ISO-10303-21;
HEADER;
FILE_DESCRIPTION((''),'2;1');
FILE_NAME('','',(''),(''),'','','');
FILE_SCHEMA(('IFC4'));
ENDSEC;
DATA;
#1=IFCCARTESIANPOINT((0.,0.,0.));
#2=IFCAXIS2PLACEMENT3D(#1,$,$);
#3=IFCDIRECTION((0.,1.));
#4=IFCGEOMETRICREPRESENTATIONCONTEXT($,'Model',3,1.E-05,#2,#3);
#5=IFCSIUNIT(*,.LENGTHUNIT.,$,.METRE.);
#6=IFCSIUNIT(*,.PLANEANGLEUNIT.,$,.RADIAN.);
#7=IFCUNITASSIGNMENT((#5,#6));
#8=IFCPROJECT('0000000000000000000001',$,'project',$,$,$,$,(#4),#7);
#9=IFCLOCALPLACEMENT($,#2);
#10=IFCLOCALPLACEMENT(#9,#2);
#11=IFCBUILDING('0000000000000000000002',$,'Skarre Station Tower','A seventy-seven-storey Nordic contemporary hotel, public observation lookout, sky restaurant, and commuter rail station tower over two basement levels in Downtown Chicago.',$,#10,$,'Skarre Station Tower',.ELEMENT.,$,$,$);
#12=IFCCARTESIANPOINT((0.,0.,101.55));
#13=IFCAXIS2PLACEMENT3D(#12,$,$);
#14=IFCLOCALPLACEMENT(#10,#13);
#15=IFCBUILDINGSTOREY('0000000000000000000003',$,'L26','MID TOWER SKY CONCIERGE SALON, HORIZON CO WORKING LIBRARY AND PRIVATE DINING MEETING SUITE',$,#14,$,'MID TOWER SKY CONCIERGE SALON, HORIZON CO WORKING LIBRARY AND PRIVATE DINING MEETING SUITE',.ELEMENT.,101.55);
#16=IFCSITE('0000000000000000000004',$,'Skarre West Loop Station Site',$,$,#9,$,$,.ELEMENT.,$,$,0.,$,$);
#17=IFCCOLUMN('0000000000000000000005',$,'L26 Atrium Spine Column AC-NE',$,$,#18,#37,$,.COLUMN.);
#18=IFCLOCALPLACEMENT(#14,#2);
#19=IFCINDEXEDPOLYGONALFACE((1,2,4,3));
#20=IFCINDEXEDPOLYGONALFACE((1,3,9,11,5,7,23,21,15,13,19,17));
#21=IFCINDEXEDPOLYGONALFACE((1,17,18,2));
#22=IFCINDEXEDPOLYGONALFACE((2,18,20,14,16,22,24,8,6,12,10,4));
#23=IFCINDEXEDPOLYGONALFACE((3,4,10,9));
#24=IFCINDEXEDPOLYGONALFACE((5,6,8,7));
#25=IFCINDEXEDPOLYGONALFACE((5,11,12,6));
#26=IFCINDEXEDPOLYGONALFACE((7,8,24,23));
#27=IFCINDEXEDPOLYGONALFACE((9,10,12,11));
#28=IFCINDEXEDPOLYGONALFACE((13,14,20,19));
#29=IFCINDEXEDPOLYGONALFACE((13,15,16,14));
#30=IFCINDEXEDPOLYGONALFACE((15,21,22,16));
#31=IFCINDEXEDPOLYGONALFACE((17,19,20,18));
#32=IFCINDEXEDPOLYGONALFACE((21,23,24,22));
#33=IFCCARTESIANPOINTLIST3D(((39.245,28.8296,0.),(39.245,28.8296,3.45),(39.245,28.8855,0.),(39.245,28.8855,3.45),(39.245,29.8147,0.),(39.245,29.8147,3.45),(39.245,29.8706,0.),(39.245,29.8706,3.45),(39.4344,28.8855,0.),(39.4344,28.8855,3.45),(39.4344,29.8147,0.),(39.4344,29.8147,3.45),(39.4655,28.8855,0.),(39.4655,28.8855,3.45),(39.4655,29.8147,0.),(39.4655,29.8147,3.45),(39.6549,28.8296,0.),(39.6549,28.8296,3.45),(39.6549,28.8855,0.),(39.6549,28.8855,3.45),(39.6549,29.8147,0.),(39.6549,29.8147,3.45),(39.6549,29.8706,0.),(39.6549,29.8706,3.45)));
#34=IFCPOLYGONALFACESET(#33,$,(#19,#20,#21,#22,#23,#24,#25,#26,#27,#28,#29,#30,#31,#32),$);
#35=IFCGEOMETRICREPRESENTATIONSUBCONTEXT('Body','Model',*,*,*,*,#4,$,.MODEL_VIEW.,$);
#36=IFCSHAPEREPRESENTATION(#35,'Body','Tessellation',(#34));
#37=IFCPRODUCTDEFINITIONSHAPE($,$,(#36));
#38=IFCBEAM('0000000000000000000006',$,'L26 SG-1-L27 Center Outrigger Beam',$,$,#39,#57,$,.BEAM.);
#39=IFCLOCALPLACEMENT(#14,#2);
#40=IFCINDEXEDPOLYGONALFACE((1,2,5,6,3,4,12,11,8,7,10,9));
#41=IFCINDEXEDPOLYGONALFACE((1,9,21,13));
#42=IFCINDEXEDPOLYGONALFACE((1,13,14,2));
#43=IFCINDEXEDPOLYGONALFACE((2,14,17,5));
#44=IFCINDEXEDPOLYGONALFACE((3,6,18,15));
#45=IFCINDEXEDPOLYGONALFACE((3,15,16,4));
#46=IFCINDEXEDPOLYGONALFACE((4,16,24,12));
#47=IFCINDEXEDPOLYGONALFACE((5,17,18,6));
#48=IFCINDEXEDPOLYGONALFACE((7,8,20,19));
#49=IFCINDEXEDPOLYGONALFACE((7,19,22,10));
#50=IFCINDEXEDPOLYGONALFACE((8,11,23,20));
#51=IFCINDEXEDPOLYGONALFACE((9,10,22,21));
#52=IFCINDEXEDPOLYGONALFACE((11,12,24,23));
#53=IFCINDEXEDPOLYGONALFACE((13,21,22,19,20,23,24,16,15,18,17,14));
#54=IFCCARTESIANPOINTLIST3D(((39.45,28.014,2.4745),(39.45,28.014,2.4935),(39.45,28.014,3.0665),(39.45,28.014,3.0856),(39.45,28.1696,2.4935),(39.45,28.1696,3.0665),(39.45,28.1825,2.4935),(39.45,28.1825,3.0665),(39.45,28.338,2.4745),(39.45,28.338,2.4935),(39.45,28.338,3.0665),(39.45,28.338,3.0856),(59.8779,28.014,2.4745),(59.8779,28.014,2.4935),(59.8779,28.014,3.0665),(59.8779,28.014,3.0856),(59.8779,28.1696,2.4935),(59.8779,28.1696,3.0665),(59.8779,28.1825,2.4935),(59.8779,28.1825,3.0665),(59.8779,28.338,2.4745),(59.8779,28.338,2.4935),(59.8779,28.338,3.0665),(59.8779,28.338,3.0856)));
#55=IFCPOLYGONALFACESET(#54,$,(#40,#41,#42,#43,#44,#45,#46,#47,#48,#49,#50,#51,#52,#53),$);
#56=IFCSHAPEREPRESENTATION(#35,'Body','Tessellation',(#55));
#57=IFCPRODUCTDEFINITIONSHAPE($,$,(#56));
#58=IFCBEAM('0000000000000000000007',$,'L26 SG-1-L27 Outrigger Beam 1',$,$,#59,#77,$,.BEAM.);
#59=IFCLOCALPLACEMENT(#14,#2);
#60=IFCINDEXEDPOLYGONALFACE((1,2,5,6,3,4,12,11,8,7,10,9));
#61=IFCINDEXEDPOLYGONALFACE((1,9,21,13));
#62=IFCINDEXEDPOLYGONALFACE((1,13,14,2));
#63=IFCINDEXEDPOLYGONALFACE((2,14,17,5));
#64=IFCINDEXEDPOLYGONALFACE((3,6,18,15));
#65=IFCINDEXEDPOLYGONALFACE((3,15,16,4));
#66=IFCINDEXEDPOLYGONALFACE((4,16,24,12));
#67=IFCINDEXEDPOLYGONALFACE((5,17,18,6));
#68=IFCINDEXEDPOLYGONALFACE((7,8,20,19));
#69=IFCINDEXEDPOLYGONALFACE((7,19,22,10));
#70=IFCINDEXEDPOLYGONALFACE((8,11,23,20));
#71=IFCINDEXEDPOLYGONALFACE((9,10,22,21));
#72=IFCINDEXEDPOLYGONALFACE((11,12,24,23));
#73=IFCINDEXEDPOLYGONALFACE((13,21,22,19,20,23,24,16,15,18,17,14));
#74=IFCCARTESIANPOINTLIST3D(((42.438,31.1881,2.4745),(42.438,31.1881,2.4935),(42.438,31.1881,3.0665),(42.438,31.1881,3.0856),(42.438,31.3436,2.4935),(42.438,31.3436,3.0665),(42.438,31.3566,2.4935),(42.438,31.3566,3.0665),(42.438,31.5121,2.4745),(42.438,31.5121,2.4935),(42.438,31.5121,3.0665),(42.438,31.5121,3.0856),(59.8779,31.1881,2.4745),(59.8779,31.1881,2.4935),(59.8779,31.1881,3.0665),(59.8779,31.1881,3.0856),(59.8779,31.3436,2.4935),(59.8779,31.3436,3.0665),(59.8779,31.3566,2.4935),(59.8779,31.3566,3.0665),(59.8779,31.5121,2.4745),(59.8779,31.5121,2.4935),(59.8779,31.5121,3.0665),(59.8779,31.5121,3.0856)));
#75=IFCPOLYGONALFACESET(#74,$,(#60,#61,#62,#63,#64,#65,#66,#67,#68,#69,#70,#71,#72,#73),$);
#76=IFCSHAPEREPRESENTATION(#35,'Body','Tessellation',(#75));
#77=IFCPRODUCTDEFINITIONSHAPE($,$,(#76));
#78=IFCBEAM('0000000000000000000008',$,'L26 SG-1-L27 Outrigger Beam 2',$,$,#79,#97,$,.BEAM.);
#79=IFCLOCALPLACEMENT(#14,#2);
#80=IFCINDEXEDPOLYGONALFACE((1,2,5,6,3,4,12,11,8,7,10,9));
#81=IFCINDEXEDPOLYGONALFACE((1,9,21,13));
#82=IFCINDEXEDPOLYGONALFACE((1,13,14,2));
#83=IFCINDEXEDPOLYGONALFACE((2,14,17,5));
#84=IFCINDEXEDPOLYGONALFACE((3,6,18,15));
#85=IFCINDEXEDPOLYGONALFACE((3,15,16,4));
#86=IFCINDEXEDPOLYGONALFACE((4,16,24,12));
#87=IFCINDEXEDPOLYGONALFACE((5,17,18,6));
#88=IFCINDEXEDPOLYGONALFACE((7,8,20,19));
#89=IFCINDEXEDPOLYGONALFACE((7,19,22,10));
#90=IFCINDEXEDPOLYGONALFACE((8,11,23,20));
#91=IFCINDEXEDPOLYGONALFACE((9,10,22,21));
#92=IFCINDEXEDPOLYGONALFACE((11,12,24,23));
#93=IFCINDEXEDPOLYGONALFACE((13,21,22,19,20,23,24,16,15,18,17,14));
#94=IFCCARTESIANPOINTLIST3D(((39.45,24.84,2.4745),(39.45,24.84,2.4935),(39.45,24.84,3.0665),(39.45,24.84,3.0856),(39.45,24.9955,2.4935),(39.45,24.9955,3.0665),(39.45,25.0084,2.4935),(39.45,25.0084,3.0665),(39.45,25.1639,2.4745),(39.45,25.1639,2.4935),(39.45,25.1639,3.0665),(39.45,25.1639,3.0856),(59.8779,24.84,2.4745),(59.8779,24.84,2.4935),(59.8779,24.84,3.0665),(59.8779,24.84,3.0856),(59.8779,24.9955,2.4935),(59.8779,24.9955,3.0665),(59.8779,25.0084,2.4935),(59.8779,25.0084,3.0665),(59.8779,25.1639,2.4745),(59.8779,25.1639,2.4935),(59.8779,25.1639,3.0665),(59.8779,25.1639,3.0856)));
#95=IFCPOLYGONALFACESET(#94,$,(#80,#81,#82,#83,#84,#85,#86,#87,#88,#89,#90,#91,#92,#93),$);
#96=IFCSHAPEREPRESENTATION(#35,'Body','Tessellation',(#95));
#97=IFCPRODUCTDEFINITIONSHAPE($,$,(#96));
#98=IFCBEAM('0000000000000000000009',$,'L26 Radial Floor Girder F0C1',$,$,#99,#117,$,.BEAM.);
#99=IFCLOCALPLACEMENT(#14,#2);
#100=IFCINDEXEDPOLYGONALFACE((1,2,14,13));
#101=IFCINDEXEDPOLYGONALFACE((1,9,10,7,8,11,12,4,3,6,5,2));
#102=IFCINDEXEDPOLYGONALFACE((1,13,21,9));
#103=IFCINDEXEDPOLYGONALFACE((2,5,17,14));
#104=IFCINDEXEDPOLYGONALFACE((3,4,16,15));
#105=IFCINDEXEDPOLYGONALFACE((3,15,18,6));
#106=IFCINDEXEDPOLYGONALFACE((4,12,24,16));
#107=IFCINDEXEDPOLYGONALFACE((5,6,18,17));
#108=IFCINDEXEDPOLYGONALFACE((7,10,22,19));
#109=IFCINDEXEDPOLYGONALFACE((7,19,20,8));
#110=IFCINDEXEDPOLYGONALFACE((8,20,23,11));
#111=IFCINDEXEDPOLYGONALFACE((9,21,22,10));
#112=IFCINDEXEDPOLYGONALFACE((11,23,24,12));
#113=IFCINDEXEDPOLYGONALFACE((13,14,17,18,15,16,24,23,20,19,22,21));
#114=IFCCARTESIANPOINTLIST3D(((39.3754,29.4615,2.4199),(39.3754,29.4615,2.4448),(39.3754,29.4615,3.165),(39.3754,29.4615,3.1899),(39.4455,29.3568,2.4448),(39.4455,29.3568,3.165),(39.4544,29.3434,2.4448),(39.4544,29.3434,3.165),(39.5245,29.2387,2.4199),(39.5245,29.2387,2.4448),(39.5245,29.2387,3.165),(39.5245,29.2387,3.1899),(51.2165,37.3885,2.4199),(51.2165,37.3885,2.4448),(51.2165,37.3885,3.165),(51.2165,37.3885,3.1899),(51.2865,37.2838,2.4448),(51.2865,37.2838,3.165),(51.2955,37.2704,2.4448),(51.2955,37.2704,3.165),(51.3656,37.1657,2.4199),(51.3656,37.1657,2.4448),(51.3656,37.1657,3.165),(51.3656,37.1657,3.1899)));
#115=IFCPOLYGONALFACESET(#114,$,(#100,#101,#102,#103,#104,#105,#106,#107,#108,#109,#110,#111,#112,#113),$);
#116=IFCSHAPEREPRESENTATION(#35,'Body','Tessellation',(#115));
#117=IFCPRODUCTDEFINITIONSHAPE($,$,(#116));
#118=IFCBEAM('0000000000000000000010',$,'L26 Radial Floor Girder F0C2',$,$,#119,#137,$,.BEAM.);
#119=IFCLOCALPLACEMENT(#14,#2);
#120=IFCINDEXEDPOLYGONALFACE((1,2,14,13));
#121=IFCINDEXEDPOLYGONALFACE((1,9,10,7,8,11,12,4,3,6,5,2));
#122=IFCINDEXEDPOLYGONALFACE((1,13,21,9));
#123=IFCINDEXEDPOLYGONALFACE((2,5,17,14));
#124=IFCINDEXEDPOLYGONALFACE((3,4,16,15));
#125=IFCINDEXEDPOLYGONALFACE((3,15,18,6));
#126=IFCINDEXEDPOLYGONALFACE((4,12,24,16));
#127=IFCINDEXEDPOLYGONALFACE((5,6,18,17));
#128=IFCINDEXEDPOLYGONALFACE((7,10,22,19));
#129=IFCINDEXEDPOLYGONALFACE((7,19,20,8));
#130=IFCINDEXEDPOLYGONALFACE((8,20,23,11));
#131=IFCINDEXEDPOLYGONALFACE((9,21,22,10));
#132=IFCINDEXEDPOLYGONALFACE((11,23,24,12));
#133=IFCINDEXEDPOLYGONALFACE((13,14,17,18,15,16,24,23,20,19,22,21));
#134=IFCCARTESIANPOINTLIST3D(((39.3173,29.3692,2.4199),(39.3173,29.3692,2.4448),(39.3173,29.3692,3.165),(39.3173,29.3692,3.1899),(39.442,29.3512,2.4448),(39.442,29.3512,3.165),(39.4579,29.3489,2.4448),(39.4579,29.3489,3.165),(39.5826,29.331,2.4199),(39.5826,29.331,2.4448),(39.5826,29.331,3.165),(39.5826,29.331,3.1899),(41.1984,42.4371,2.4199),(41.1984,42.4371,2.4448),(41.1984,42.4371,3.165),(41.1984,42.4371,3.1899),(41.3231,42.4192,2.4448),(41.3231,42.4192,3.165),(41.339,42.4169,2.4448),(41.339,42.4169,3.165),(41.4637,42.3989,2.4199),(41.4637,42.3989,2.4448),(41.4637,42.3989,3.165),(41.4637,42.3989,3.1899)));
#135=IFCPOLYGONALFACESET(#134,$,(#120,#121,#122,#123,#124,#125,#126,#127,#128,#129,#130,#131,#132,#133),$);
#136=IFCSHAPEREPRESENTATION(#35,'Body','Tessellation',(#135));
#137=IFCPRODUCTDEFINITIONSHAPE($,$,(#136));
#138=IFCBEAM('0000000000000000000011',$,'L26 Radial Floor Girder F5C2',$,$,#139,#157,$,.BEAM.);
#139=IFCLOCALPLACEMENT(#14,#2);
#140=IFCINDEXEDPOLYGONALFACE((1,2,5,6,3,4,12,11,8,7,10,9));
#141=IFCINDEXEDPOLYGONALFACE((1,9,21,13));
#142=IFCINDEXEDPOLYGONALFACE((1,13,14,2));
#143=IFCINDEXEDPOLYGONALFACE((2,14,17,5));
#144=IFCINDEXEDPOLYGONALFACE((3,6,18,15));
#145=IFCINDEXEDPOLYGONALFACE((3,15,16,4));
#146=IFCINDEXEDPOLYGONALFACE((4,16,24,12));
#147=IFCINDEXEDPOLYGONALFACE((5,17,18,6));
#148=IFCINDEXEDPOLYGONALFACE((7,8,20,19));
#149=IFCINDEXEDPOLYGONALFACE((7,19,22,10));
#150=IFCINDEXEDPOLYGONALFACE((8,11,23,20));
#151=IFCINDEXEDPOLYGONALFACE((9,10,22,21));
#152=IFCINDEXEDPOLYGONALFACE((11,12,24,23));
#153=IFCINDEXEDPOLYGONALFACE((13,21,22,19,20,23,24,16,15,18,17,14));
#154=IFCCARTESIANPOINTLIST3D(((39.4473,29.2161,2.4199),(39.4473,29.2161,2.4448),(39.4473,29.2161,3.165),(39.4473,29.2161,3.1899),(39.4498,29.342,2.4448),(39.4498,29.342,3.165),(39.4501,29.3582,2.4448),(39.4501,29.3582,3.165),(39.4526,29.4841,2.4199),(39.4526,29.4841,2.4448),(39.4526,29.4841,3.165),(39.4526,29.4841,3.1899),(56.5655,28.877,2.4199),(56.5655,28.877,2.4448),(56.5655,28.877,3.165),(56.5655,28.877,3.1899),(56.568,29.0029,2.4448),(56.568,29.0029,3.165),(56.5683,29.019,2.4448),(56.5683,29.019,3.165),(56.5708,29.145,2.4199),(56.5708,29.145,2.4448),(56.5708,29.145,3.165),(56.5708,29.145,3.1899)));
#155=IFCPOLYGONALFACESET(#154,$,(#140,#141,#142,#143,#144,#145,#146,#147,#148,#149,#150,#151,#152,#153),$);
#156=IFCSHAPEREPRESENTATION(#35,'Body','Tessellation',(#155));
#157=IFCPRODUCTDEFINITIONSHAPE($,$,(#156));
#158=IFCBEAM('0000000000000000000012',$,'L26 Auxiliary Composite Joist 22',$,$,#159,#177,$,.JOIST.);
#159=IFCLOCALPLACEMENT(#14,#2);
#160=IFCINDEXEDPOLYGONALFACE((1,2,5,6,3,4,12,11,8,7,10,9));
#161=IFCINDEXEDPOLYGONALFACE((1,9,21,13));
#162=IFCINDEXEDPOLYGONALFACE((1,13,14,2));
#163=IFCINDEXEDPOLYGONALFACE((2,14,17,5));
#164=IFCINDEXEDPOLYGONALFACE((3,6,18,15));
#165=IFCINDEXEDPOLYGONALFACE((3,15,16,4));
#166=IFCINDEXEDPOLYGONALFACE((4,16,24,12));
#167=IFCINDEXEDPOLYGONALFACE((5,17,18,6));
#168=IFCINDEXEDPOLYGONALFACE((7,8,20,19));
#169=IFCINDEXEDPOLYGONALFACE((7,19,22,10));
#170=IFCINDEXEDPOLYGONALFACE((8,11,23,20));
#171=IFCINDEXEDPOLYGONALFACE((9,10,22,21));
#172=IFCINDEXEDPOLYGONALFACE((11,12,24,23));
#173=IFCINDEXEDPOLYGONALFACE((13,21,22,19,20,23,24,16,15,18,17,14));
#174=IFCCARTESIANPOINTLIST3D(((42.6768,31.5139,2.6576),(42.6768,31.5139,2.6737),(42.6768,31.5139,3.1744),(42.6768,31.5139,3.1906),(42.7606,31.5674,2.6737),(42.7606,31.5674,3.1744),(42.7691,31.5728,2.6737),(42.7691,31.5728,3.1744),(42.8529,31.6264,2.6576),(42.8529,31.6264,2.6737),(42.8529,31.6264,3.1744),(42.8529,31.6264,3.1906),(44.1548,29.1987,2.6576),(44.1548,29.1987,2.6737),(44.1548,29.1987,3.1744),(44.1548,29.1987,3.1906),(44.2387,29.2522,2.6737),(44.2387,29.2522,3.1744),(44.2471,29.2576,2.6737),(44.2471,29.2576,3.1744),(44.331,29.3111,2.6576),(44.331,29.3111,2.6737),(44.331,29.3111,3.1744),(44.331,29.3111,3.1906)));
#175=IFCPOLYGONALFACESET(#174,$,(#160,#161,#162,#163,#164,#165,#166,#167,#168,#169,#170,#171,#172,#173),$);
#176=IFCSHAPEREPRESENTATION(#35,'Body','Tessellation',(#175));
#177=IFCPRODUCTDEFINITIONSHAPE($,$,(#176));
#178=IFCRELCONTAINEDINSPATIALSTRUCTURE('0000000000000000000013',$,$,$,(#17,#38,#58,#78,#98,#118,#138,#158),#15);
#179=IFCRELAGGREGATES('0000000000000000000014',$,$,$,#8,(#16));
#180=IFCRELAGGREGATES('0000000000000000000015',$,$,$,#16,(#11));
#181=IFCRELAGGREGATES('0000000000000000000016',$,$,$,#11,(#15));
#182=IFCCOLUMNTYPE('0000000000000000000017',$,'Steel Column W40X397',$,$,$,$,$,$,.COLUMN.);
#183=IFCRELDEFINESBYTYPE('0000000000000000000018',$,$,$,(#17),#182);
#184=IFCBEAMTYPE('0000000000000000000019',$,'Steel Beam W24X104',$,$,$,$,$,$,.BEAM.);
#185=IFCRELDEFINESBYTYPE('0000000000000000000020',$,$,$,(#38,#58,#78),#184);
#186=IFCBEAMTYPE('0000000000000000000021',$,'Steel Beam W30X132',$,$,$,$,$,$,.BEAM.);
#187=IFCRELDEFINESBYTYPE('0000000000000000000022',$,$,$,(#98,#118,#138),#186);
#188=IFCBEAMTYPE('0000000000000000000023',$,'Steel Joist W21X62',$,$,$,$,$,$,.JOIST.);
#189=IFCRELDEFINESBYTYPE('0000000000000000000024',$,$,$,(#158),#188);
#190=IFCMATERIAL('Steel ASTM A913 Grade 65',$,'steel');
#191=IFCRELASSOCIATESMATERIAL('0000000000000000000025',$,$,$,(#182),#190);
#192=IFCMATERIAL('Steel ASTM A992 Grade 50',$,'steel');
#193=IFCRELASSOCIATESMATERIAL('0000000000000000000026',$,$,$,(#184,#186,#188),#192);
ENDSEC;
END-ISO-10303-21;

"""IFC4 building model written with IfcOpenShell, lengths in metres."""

from ifc_helpers import new_model, si_unit, direction, frame, origin, origin_2d, place, context, subcontext, project, spatial, i_section, extrude, material, material_profile, profile_set, type_object, element, save


model = new_model("IFC4")

# Units and contexts
model_context = context("Model", 3, precision=1e-05, world=origin(), true_north=direction((0.0, 1.0)))
body_context = subcontext(model_context, "Body", "Model", "MODEL_VIEW")
ifc_project = project(units=[si_unit("LENGTHUNIT", "METRE"), si_unit("PLANEANGLEUNIT", "RADIAN")], contexts=[model_context])

# Site, building, storey
site_placement = place(None, origin())
site = spatial("IfcSite", under=ifc_project, at=site_placement, Name="Skarre West Loop Station Site", CompositionType="ELEMENT", RefElevation=0.0)
building_placement = place(site_placement, origin())
building = spatial("IfcBuilding", under=site, at=building_placement, Name="Skarre Station Tower", Description="A seventy-seven-storey Nordic contemporary hotel, public observation lookout, sky restaurant, and commuter rail station tower over two basement levels in Downtown Chicago.", LongName="Skarre Station Tower", CompositionType="ELEMENT")
storey_placement = place(building_placement, frame((0.0, 0.0, 101.55)))
storey = spatial("IfcBuildingStorey", under=building, at=storey_placement, Name="L26", Description="MID TOWER SKY CONCIERGE SALON, HORIZON CO WORKING LIBRARY AND PRIVATE DINING MEETING SUITE", LongName="MID TOWER SKY CONCIERGE SALON, HORIZON CO WORKING LIBRARY AND PRIVATE DINING MEETING SUITE", CompositionType="ELEMENT", Elevation=101.55)

# Column
ifc_material_1 = material(Name="Steel ASTM A913 Grade 65", Category="steel")
ifc_material_profile_1 = material_profile(ifc_material_1, i_section(OverallWidth=0.4099, OverallDepth=1.041, WebThickness=0.031, FlangeThickness=0.0559, at=origin_2d()), Name="Steel ASTM A913 Grade 65")
ifc_profile_set_1 = profile_set([ifc_material_profile_1], Name="Steel ASTM A913 Grade 65")
column_type = type_object("IfcColumnType", Name="Steel Column W40X397", PredefinedType="COLUMN", material=ifc_profile_set_1)
column_placement = place(storey_placement, frame((39.45, 29.3501, 0.0), z_axis=(0.0, 0.0, 1.0), x_axis=(1.0, 0.0, 0.0)))
element("IfcColumn", 1, at=column_placement, inside=storey, type_object=column_type, Name="L26 Atrium Spine Column AC-NE", PredefinedType="COLUMN", context=body_context, shape_type="SweptSolid", body=[
    extrude(i_section(OverallWidth=0.4099, OverallDepth=1.041, WebThickness=0.031, FlangeThickness=0.0559, at=origin_2d()), origin(), (0.0, 0.0, 1.0), 3.45),
])

# Beams
ifc_material_2 = material(Name="Steel ASTM A992 Grade 50", Category="steel")
ifc_material_profile_2 = material_profile(ifc_material_2, i_section(OverallWidth=0.324, OverallDepth=0.6111, WebThickness=0.0129, FlangeThickness=0.019, at=origin_2d()), Name="Steel ASTM A992 Grade 50")
ifc_profile_set_2 = profile_set([ifc_material_profile_2], Name="Steel ASTM A992 Grade 50")
beam_type_1 = type_object("IfcBeamType", Name="Steel Beam W24X104", PredefinedType="BEAM", material=ifc_profile_set_2)
beam_1_placement = place(storey_placement, frame((39.45, 28.176, 2.78), z_axis=(1.0, 0.0, 0.0), x_axis=(0.0, 1.0, 0.0)))
element("IfcBeam", 2, at=beam_1_placement, inside=storey, type_object=beam_type_1, Name="L26 SG-1-L27 Center Outrigger Beam", PredefinedType="BEAM", context=body_context, shape_type="SweptSolid", body=[
    extrude(i_section(OverallWidth=0.324, OverallDepth=0.6111, WebThickness=0.0129, FlangeThickness=0.019, at=origin_2d()), origin(), (0.0, 0.0, 1.0), 20.428),
])
beam_2_placement = place(storey_placement, frame((42.438, 31.3501, 2.78), z_axis=(1.0, 0.0, 0.0), x_axis=(0.0, 1.0, 0.0)))
element("IfcBeam", 3, at=beam_2_placement, inside=storey, type_object=beam_type_1, Name="L26 SG-1-L27 Outrigger Beam 1", PredefinedType="BEAM", context=body_context, shape_type="SweptSolid", body=[
    extrude(i_section(OverallWidth=0.324, OverallDepth=0.6111, WebThickness=0.0129, FlangeThickness=0.019, at=origin_2d()), origin(), (0.0, 0.0, 1.0), 17.4399),
])
beam_3_placement = place(storey_placement, frame((39.45, 25.002, 2.78), z_axis=(1.0, 0.0, 0.0), x_axis=(0.0, 1.0, 0.0)))
element("IfcBeam", 4, at=beam_3_placement, inside=storey, type_object=beam_type_1, Name="L26 SG-1-L27 Outrigger Beam 2", PredefinedType="BEAM", context=body_context, shape_type="SweptSolid", body=[
    extrude(i_section(OverallWidth=0.324, OverallDepth=0.6111, WebThickness=0.0129, FlangeThickness=0.019, at=origin_2d()), origin(), (0.0, 0.0, 1.0), 20.428),
])
ifc_material_profile_3 = material_profile(ifc_material_2, i_section(OverallWidth=0.2681, OverallDepth=0.77, WebThickness=0.0161, FlangeThickness=0.0249, at=origin_2d()), Name="Steel ASTM A992 Grade 50")
ifc_profile_set_3 = profile_set([ifc_material_profile_3], Name="Steel ASTM A992 Grade 50")
beam_type_2 = type_object("IfcBeamType", Name="Steel Beam W30X132", PredefinedType="BEAM", material=ifc_profile_set_3)
beam_4_placement = place(storey_placement, frame((39.45, 29.3501, 2.8049), z_axis=(0.830981, 0.5563, 0.0), x_axis=(-0.5563, 0.830981, 0.0)))
element("IfcBeam", 5, at=beam_4_placement, inside=storey, type_object=beam_type_2, Name="L26 Radial Floor Girder F0C1", PredefinedType="BEAM", context=body_context, shape_type="SweptSolid", body=[
    extrude(i_section(OverallWidth=0.2681, OverallDepth=0.77, WebThickness=0.0161, FlangeThickness=0.0249, at=origin_2d()), origin(), (0.0, 0.0, 1.0), 14.2495),
])
beam_5_placement = place(storey_placement, frame((39.45, 29.3501, 2.8049), z_axis=(0.14248, 0.989798, 0.0), x_axis=(-0.989798, 0.14248, 0.0)))
element("IfcBeam", 6, at=beam_5_placement, inside=storey, type_object=beam_type_2, Name="L26 Radial Floor Girder F0C2", PredefinedType="BEAM", context=body_context, shape_type="SweptSolid", body=[
    extrude(i_section(OverallWidth=0.2681, OverallDepth=0.77, WebThickness=0.0161, FlangeThickness=0.0249, at=origin_2d()), origin(), (0.0, 0.0, 1.0), 13.2026),
])
beam_6_placement = place(storey_placement, frame((39.45, 29.3501, 2.8049), z_axis=(0.999804, -0.019806, 0.0), x_axis=(0.019806, 0.999804, 0.0)))
element("IfcBeam", 7, at=beam_6_placement, inside=storey, type_object=beam_type_2, Name="L26 Radial Floor Girder F5C2", PredefinedType="BEAM", context=body_context, shape_type="SweptSolid", body=[
    extrude(i_section(OverallWidth=0.2681, OverallDepth=0.77, WebThickness=0.0161, FlangeThickness=0.0249, at=origin_2d()), origin(), (0.0, 0.0, 1.0), 17.1216),
])
ifc_material_profile_4 = material_profile(ifc_material_2, i_section(OverallWidth=0.209, OverallDepth=0.533, WebThickness=0.01, FlangeThickness=0.0161, at=origin_2d()), Name="Steel ASTM A992 Grade 50")
ifc_profile_set_4 = profile_set([ifc_material_profile_4], Name="Steel ASTM A992 Grade 50")
beam_type_3 = type_object("IfcBeamType", Name="Steel Joist W21X62", PredefinedType="JOIST", material=ifc_profile_set_4)
beam_7_placement = place(storey_placement, frame((44.2429, 29.2549, 2.9241), z_axis=(-0.5381, 0.842881, 0.0), x_axis=(-0.842881, -0.5381, 0.0)))
element("IfcBeam", 8, at=beam_7_placement, inside=storey, type_object=beam_type_3, Name="L26 Auxiliary Composite Joist 22", PredefinedType="JOIST", context=body_context, shape_type="SweptSolid", body=[
    extrude(i_section(OverallWidth=0.209, OverallDepth=0.533, WebThickness=0.01, FlangeThickness=0.0161, at=origin_2d()), origin(), (0.0, 0.0, 1.0), 2.7468),
])

save(model, "model.ifc")
